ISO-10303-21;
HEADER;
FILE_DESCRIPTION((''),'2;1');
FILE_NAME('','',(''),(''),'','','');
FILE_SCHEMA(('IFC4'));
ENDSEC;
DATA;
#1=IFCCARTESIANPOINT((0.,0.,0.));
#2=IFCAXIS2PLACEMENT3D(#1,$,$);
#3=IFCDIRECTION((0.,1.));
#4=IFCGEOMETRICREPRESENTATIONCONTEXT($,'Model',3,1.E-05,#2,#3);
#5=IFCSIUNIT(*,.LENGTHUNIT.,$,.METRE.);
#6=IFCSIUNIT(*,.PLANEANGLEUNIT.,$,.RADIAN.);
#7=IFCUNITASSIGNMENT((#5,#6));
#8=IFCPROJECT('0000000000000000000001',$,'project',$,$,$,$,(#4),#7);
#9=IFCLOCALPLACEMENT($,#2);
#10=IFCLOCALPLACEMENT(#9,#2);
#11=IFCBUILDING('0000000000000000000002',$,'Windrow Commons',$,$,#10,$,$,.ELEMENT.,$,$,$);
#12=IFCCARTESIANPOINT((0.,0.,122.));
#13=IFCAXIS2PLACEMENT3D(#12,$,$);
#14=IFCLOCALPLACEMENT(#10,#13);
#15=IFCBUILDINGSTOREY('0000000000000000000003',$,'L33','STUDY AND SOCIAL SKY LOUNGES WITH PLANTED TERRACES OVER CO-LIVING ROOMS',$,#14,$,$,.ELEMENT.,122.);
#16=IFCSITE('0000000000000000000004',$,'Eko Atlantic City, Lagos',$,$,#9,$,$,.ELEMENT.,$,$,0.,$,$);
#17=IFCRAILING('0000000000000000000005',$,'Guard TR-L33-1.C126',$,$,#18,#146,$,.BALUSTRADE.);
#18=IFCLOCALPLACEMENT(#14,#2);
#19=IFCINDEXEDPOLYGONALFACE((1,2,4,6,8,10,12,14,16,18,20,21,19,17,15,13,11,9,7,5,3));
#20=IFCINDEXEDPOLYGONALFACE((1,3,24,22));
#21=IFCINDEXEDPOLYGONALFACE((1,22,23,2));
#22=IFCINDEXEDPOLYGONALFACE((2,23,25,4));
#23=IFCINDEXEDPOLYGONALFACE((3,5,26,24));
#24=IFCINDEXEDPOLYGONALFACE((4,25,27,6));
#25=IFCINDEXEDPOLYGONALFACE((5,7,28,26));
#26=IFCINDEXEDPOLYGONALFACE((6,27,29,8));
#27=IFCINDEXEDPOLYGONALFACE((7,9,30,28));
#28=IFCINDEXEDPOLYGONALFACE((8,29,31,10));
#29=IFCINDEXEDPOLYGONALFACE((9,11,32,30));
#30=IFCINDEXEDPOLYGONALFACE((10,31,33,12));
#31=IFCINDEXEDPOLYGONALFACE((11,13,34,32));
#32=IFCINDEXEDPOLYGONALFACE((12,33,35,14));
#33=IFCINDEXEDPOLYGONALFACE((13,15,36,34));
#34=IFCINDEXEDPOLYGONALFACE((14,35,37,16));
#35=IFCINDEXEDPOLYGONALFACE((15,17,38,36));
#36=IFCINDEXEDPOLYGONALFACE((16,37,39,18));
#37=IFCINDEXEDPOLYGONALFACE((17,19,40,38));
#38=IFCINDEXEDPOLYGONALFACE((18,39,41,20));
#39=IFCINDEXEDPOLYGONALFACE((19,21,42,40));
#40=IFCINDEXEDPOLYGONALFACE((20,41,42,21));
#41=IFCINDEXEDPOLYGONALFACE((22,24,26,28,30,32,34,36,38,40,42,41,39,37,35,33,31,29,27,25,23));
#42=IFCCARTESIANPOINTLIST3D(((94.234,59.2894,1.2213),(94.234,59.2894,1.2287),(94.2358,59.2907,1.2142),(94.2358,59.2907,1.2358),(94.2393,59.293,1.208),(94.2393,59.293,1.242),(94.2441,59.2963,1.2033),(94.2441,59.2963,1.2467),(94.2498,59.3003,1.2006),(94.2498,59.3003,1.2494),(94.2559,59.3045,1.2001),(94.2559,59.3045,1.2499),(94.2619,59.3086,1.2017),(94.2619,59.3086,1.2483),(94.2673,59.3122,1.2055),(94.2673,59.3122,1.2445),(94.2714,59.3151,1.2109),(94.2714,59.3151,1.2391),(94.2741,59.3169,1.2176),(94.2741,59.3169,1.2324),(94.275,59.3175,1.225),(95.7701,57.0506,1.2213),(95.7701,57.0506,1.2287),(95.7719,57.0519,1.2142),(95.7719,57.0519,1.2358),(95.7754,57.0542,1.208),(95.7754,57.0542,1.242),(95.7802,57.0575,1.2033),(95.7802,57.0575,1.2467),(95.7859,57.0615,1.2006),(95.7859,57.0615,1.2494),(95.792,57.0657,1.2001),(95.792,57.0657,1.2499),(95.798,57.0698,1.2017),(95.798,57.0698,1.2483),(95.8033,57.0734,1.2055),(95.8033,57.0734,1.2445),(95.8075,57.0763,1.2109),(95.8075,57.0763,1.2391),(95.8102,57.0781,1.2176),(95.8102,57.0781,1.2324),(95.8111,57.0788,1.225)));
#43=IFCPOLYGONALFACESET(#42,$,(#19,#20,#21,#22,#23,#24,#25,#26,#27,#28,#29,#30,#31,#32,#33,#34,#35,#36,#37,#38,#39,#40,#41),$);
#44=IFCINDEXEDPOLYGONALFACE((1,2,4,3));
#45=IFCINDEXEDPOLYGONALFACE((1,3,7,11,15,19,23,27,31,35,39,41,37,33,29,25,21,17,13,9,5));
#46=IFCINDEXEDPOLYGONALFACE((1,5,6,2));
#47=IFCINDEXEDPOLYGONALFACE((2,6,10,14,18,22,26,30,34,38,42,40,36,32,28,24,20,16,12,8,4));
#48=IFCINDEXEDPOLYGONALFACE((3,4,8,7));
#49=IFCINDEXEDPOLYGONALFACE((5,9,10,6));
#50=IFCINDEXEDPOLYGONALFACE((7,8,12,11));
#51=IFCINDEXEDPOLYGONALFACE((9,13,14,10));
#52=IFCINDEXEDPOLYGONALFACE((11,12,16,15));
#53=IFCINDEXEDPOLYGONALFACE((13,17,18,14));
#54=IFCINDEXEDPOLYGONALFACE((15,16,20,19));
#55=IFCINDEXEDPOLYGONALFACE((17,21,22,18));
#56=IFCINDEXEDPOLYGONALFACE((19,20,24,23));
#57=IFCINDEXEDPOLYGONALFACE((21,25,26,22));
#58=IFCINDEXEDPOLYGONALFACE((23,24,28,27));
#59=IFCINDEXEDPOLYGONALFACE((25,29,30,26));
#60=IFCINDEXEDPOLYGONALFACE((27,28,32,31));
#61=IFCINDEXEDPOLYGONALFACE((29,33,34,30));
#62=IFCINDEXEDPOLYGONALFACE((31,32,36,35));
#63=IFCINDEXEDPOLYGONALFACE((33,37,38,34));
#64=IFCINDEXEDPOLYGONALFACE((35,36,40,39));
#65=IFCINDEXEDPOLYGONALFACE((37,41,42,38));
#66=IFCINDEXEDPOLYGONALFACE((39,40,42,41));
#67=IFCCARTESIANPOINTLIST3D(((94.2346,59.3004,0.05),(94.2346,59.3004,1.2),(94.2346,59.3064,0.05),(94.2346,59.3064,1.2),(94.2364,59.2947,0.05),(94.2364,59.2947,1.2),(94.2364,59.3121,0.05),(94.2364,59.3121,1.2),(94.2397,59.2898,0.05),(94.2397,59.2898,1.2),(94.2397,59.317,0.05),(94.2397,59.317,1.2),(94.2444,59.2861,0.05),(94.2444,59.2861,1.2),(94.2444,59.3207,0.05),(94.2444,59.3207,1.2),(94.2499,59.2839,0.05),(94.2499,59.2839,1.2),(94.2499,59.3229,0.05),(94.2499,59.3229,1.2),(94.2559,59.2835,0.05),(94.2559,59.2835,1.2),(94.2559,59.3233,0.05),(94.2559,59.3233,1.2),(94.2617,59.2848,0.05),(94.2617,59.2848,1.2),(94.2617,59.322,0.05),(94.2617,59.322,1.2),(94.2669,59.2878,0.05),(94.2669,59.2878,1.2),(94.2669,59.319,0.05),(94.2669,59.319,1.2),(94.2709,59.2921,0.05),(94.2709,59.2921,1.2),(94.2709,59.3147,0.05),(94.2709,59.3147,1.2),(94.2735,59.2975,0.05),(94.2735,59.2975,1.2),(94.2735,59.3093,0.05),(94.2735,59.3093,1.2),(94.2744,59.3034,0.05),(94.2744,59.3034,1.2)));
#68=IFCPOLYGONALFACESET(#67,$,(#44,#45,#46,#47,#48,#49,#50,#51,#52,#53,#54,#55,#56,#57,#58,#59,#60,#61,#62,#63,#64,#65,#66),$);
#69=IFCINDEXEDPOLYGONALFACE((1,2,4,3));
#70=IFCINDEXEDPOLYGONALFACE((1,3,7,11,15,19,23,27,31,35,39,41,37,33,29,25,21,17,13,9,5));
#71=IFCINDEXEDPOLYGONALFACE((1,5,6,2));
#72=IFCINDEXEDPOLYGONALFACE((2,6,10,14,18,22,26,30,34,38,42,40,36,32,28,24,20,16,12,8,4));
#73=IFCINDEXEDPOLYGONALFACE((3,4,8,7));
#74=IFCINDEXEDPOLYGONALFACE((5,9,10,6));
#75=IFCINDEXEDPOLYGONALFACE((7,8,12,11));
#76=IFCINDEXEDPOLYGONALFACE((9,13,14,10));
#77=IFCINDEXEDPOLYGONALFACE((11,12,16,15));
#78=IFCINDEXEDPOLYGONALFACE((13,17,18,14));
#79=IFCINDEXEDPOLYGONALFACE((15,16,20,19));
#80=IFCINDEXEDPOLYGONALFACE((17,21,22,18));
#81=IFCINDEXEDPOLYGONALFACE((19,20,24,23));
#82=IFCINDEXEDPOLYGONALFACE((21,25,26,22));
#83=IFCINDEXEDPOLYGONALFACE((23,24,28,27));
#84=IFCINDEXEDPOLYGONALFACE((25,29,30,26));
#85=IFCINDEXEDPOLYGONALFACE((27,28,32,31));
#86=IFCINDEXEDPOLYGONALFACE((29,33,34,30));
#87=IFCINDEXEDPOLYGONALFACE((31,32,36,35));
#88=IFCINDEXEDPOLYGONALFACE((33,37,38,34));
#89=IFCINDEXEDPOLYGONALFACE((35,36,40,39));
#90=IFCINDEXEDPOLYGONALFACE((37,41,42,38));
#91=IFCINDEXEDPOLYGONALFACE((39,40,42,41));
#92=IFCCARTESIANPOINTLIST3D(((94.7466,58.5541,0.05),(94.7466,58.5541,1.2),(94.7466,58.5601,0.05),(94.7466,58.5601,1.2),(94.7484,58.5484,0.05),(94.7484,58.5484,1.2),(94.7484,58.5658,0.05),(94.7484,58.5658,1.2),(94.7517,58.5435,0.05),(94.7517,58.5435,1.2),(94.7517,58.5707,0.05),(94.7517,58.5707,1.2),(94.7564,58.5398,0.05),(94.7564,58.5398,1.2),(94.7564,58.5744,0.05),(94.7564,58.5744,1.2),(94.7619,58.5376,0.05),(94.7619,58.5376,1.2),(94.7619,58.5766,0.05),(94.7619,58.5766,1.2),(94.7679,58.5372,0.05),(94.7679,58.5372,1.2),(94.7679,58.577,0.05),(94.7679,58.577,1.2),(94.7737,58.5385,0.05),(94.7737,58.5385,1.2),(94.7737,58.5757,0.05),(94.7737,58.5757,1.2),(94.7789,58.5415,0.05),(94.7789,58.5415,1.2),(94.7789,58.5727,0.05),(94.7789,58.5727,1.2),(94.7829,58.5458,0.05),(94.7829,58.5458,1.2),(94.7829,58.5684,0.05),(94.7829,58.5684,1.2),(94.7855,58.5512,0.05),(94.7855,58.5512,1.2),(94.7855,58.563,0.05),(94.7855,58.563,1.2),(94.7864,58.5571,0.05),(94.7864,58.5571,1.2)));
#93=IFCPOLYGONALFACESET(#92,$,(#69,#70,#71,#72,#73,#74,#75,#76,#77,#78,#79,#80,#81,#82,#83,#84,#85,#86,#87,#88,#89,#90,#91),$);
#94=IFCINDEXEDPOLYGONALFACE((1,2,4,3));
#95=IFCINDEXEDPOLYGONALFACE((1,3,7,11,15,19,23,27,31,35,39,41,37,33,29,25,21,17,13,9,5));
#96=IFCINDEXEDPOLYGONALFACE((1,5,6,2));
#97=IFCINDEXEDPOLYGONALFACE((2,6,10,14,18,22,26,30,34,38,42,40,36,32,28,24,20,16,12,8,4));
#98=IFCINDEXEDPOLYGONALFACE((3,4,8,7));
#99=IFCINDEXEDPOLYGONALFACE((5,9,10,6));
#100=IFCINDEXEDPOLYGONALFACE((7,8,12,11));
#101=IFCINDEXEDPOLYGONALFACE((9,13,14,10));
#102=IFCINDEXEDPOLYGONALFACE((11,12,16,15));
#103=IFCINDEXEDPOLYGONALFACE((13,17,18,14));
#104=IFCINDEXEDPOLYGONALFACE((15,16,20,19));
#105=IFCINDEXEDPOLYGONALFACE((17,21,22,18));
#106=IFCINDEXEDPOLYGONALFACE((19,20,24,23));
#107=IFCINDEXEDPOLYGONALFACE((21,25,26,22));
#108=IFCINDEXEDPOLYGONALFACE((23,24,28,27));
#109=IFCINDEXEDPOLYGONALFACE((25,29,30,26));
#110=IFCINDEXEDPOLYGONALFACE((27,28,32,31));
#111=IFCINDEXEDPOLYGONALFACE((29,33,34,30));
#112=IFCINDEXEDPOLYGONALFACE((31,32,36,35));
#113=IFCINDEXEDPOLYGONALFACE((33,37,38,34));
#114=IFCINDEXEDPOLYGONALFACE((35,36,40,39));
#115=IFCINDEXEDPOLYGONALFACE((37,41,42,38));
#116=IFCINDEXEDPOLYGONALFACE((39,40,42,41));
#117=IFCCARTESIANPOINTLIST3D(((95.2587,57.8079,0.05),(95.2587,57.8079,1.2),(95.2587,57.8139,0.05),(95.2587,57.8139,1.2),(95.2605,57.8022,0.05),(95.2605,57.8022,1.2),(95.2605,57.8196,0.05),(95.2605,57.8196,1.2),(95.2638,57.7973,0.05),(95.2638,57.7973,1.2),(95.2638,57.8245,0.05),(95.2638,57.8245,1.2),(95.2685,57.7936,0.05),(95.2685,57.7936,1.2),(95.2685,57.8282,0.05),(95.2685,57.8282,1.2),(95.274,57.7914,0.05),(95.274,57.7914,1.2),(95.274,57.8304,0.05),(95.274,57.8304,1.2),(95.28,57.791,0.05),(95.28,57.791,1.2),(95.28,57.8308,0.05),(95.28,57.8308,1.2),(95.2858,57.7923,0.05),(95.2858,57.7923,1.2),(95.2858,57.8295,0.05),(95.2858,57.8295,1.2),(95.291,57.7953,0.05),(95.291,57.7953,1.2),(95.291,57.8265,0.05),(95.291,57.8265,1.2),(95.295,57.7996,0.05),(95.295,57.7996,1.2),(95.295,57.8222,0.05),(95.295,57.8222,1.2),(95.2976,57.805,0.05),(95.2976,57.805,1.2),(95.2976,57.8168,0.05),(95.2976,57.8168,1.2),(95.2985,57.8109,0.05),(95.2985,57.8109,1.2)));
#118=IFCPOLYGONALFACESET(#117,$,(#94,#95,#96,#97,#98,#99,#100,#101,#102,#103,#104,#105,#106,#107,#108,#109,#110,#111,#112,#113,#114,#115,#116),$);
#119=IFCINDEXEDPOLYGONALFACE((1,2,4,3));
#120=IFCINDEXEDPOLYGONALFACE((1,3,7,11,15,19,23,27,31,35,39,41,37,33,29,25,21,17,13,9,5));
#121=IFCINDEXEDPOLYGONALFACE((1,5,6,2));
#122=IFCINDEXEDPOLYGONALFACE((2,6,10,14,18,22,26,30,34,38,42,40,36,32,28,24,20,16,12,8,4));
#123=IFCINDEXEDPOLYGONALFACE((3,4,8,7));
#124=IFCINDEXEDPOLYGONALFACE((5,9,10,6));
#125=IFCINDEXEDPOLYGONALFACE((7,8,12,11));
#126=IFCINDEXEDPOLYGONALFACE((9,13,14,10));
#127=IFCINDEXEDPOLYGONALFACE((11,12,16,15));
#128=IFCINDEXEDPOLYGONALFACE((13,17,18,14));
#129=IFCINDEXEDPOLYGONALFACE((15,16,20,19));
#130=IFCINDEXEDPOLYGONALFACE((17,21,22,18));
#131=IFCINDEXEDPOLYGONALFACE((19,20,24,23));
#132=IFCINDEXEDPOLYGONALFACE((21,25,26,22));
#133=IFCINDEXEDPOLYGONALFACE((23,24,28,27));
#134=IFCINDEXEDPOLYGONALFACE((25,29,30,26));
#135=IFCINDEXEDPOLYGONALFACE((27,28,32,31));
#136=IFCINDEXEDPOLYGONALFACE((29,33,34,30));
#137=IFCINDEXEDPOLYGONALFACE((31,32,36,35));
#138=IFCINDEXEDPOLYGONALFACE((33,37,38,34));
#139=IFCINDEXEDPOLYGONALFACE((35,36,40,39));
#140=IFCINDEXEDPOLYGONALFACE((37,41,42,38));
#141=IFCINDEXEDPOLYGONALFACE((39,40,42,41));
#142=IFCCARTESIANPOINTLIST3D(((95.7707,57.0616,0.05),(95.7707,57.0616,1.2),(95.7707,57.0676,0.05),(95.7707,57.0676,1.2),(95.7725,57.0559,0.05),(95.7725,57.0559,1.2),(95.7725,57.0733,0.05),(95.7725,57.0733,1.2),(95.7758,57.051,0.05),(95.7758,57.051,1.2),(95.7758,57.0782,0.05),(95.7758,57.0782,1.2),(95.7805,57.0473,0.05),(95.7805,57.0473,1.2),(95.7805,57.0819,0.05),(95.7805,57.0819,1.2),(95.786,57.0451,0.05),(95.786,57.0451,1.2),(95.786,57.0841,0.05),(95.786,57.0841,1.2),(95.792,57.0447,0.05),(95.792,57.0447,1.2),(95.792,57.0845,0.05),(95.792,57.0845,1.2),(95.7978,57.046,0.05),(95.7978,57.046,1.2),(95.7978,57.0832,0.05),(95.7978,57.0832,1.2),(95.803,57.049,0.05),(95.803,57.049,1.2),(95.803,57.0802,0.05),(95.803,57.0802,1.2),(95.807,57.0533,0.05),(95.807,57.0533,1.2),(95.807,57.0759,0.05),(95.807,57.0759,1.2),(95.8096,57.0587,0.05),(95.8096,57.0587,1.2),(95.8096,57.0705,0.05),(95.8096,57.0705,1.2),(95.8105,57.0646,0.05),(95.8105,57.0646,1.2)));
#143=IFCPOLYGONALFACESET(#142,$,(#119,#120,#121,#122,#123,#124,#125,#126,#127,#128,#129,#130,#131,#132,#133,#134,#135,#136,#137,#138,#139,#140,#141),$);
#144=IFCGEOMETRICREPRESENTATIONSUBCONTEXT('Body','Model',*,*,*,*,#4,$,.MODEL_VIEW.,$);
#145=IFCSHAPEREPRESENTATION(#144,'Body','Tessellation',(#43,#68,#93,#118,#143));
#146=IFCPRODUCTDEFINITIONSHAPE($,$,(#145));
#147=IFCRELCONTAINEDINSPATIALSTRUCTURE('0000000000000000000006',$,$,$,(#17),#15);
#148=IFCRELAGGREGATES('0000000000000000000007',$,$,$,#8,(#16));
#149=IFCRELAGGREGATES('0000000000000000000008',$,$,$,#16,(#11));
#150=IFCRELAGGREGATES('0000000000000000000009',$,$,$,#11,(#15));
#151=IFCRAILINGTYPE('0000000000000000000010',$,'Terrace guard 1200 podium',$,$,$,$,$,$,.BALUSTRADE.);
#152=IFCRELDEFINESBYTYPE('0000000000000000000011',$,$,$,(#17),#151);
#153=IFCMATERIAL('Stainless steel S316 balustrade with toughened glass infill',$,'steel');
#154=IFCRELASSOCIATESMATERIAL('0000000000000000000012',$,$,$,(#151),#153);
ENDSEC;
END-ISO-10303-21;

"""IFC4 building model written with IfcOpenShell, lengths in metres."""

from ifc_helpers import new_model, si_unit, direction, frame, origin, origin_2d, place, context, subcontext, project, spatial, circle, extrude, material, type_object, element, save


model = new_model("IFC4")

# Units and contexts
model_context = context("Model", 3, precision=1e-05, world=origin(), true_north=direction((0.0, 1.0)))
body_context = subcontext(model_context, "Body", "Model", "MODEL_VIEW")
ifc_project = project(units=[si_unit("LENGTHUNIT", "METRE"), si_unit("PLANEANGLEUNIT", "RADIAN")], contexts=[model_context])

# Site, building, storey
site_placement = place(None, origin())
site = spatial("IfcSite", under=ifc_project, at=site_placement, Name="Eko Atlantic City, Lagos", CompositionType="ELEMENT", RefElevation=0.0)
building_placement = place(site_placement, origin())
building = spatial("IfcBuilding", under=site, at=building_placement, Name="Windrow Commons", CompositionType="ELEMENT")
storey_placement = place(building_placement, frame((0.0, 0.0, 122.0)))
storey = spatial("IfcBuildingStorey", under=building, at=storey_placement, Name="L33", Description="STUDY AND SOCIAL SKY LOUNGES WITH PLANTED TERRACES OVER CO-LIVING ROOMS", CompositionType="ELEMENT", Elevation=122.0)

# Railing
ifc_material_1 = material(Name="Stainless steel S316 balustrade with toughened glass infill", Category="steel")
railing_type_1 = type_object("IfcRailingType", Name="Terrace guard 1200 podium", PredefinedType="BALUSTRADE", material=ifc_material_1)
railing_1_placement = place(storey_placement, frame((94.2544, 59.3034, 0.05)))
element("IfcRailing", 1, at=railing_1_placement, inside=storey, type_object=railing_type_1, Name="Guard TR-L33-1.C126", PredefinedType="BALUSTRADE", context=body_context, shape_type="SweptSolid", body=[
    extrude(circle(Radius=0.025, at=origin_2d()), frame((0.0, 0.0, 1.175), z_axis=(0.56576, -0.82457, 0.0), x_axis=(0.82457, 0.56576, 0.0)), (0.0, 0.0, 1.0), 2.7151),
    extrude(circle(Radius=0.02, at=origin_2d()), origin(), (0.0, 0.0, 1.0), 1.15),
    extrude(circle(Radius=0.02, at=origin_2d()), frame((0.512, -0.7463, 0.0)), (0.0, 0.0, 1.0), 1.15),
    extrude(circle(Radius=0.02, at=origin_2d()), frame((1.0241, -1.4925, 0.0)), (0.0, 0.0, 1.0), 1.15),
    extrude(circle(Radius=0.02, at=origin_2d()), frame((1.5361, -2.2388, 0.0)), (0.0, 0.0, 1.0), 1.15),
])

save(model, "model.ifc")
